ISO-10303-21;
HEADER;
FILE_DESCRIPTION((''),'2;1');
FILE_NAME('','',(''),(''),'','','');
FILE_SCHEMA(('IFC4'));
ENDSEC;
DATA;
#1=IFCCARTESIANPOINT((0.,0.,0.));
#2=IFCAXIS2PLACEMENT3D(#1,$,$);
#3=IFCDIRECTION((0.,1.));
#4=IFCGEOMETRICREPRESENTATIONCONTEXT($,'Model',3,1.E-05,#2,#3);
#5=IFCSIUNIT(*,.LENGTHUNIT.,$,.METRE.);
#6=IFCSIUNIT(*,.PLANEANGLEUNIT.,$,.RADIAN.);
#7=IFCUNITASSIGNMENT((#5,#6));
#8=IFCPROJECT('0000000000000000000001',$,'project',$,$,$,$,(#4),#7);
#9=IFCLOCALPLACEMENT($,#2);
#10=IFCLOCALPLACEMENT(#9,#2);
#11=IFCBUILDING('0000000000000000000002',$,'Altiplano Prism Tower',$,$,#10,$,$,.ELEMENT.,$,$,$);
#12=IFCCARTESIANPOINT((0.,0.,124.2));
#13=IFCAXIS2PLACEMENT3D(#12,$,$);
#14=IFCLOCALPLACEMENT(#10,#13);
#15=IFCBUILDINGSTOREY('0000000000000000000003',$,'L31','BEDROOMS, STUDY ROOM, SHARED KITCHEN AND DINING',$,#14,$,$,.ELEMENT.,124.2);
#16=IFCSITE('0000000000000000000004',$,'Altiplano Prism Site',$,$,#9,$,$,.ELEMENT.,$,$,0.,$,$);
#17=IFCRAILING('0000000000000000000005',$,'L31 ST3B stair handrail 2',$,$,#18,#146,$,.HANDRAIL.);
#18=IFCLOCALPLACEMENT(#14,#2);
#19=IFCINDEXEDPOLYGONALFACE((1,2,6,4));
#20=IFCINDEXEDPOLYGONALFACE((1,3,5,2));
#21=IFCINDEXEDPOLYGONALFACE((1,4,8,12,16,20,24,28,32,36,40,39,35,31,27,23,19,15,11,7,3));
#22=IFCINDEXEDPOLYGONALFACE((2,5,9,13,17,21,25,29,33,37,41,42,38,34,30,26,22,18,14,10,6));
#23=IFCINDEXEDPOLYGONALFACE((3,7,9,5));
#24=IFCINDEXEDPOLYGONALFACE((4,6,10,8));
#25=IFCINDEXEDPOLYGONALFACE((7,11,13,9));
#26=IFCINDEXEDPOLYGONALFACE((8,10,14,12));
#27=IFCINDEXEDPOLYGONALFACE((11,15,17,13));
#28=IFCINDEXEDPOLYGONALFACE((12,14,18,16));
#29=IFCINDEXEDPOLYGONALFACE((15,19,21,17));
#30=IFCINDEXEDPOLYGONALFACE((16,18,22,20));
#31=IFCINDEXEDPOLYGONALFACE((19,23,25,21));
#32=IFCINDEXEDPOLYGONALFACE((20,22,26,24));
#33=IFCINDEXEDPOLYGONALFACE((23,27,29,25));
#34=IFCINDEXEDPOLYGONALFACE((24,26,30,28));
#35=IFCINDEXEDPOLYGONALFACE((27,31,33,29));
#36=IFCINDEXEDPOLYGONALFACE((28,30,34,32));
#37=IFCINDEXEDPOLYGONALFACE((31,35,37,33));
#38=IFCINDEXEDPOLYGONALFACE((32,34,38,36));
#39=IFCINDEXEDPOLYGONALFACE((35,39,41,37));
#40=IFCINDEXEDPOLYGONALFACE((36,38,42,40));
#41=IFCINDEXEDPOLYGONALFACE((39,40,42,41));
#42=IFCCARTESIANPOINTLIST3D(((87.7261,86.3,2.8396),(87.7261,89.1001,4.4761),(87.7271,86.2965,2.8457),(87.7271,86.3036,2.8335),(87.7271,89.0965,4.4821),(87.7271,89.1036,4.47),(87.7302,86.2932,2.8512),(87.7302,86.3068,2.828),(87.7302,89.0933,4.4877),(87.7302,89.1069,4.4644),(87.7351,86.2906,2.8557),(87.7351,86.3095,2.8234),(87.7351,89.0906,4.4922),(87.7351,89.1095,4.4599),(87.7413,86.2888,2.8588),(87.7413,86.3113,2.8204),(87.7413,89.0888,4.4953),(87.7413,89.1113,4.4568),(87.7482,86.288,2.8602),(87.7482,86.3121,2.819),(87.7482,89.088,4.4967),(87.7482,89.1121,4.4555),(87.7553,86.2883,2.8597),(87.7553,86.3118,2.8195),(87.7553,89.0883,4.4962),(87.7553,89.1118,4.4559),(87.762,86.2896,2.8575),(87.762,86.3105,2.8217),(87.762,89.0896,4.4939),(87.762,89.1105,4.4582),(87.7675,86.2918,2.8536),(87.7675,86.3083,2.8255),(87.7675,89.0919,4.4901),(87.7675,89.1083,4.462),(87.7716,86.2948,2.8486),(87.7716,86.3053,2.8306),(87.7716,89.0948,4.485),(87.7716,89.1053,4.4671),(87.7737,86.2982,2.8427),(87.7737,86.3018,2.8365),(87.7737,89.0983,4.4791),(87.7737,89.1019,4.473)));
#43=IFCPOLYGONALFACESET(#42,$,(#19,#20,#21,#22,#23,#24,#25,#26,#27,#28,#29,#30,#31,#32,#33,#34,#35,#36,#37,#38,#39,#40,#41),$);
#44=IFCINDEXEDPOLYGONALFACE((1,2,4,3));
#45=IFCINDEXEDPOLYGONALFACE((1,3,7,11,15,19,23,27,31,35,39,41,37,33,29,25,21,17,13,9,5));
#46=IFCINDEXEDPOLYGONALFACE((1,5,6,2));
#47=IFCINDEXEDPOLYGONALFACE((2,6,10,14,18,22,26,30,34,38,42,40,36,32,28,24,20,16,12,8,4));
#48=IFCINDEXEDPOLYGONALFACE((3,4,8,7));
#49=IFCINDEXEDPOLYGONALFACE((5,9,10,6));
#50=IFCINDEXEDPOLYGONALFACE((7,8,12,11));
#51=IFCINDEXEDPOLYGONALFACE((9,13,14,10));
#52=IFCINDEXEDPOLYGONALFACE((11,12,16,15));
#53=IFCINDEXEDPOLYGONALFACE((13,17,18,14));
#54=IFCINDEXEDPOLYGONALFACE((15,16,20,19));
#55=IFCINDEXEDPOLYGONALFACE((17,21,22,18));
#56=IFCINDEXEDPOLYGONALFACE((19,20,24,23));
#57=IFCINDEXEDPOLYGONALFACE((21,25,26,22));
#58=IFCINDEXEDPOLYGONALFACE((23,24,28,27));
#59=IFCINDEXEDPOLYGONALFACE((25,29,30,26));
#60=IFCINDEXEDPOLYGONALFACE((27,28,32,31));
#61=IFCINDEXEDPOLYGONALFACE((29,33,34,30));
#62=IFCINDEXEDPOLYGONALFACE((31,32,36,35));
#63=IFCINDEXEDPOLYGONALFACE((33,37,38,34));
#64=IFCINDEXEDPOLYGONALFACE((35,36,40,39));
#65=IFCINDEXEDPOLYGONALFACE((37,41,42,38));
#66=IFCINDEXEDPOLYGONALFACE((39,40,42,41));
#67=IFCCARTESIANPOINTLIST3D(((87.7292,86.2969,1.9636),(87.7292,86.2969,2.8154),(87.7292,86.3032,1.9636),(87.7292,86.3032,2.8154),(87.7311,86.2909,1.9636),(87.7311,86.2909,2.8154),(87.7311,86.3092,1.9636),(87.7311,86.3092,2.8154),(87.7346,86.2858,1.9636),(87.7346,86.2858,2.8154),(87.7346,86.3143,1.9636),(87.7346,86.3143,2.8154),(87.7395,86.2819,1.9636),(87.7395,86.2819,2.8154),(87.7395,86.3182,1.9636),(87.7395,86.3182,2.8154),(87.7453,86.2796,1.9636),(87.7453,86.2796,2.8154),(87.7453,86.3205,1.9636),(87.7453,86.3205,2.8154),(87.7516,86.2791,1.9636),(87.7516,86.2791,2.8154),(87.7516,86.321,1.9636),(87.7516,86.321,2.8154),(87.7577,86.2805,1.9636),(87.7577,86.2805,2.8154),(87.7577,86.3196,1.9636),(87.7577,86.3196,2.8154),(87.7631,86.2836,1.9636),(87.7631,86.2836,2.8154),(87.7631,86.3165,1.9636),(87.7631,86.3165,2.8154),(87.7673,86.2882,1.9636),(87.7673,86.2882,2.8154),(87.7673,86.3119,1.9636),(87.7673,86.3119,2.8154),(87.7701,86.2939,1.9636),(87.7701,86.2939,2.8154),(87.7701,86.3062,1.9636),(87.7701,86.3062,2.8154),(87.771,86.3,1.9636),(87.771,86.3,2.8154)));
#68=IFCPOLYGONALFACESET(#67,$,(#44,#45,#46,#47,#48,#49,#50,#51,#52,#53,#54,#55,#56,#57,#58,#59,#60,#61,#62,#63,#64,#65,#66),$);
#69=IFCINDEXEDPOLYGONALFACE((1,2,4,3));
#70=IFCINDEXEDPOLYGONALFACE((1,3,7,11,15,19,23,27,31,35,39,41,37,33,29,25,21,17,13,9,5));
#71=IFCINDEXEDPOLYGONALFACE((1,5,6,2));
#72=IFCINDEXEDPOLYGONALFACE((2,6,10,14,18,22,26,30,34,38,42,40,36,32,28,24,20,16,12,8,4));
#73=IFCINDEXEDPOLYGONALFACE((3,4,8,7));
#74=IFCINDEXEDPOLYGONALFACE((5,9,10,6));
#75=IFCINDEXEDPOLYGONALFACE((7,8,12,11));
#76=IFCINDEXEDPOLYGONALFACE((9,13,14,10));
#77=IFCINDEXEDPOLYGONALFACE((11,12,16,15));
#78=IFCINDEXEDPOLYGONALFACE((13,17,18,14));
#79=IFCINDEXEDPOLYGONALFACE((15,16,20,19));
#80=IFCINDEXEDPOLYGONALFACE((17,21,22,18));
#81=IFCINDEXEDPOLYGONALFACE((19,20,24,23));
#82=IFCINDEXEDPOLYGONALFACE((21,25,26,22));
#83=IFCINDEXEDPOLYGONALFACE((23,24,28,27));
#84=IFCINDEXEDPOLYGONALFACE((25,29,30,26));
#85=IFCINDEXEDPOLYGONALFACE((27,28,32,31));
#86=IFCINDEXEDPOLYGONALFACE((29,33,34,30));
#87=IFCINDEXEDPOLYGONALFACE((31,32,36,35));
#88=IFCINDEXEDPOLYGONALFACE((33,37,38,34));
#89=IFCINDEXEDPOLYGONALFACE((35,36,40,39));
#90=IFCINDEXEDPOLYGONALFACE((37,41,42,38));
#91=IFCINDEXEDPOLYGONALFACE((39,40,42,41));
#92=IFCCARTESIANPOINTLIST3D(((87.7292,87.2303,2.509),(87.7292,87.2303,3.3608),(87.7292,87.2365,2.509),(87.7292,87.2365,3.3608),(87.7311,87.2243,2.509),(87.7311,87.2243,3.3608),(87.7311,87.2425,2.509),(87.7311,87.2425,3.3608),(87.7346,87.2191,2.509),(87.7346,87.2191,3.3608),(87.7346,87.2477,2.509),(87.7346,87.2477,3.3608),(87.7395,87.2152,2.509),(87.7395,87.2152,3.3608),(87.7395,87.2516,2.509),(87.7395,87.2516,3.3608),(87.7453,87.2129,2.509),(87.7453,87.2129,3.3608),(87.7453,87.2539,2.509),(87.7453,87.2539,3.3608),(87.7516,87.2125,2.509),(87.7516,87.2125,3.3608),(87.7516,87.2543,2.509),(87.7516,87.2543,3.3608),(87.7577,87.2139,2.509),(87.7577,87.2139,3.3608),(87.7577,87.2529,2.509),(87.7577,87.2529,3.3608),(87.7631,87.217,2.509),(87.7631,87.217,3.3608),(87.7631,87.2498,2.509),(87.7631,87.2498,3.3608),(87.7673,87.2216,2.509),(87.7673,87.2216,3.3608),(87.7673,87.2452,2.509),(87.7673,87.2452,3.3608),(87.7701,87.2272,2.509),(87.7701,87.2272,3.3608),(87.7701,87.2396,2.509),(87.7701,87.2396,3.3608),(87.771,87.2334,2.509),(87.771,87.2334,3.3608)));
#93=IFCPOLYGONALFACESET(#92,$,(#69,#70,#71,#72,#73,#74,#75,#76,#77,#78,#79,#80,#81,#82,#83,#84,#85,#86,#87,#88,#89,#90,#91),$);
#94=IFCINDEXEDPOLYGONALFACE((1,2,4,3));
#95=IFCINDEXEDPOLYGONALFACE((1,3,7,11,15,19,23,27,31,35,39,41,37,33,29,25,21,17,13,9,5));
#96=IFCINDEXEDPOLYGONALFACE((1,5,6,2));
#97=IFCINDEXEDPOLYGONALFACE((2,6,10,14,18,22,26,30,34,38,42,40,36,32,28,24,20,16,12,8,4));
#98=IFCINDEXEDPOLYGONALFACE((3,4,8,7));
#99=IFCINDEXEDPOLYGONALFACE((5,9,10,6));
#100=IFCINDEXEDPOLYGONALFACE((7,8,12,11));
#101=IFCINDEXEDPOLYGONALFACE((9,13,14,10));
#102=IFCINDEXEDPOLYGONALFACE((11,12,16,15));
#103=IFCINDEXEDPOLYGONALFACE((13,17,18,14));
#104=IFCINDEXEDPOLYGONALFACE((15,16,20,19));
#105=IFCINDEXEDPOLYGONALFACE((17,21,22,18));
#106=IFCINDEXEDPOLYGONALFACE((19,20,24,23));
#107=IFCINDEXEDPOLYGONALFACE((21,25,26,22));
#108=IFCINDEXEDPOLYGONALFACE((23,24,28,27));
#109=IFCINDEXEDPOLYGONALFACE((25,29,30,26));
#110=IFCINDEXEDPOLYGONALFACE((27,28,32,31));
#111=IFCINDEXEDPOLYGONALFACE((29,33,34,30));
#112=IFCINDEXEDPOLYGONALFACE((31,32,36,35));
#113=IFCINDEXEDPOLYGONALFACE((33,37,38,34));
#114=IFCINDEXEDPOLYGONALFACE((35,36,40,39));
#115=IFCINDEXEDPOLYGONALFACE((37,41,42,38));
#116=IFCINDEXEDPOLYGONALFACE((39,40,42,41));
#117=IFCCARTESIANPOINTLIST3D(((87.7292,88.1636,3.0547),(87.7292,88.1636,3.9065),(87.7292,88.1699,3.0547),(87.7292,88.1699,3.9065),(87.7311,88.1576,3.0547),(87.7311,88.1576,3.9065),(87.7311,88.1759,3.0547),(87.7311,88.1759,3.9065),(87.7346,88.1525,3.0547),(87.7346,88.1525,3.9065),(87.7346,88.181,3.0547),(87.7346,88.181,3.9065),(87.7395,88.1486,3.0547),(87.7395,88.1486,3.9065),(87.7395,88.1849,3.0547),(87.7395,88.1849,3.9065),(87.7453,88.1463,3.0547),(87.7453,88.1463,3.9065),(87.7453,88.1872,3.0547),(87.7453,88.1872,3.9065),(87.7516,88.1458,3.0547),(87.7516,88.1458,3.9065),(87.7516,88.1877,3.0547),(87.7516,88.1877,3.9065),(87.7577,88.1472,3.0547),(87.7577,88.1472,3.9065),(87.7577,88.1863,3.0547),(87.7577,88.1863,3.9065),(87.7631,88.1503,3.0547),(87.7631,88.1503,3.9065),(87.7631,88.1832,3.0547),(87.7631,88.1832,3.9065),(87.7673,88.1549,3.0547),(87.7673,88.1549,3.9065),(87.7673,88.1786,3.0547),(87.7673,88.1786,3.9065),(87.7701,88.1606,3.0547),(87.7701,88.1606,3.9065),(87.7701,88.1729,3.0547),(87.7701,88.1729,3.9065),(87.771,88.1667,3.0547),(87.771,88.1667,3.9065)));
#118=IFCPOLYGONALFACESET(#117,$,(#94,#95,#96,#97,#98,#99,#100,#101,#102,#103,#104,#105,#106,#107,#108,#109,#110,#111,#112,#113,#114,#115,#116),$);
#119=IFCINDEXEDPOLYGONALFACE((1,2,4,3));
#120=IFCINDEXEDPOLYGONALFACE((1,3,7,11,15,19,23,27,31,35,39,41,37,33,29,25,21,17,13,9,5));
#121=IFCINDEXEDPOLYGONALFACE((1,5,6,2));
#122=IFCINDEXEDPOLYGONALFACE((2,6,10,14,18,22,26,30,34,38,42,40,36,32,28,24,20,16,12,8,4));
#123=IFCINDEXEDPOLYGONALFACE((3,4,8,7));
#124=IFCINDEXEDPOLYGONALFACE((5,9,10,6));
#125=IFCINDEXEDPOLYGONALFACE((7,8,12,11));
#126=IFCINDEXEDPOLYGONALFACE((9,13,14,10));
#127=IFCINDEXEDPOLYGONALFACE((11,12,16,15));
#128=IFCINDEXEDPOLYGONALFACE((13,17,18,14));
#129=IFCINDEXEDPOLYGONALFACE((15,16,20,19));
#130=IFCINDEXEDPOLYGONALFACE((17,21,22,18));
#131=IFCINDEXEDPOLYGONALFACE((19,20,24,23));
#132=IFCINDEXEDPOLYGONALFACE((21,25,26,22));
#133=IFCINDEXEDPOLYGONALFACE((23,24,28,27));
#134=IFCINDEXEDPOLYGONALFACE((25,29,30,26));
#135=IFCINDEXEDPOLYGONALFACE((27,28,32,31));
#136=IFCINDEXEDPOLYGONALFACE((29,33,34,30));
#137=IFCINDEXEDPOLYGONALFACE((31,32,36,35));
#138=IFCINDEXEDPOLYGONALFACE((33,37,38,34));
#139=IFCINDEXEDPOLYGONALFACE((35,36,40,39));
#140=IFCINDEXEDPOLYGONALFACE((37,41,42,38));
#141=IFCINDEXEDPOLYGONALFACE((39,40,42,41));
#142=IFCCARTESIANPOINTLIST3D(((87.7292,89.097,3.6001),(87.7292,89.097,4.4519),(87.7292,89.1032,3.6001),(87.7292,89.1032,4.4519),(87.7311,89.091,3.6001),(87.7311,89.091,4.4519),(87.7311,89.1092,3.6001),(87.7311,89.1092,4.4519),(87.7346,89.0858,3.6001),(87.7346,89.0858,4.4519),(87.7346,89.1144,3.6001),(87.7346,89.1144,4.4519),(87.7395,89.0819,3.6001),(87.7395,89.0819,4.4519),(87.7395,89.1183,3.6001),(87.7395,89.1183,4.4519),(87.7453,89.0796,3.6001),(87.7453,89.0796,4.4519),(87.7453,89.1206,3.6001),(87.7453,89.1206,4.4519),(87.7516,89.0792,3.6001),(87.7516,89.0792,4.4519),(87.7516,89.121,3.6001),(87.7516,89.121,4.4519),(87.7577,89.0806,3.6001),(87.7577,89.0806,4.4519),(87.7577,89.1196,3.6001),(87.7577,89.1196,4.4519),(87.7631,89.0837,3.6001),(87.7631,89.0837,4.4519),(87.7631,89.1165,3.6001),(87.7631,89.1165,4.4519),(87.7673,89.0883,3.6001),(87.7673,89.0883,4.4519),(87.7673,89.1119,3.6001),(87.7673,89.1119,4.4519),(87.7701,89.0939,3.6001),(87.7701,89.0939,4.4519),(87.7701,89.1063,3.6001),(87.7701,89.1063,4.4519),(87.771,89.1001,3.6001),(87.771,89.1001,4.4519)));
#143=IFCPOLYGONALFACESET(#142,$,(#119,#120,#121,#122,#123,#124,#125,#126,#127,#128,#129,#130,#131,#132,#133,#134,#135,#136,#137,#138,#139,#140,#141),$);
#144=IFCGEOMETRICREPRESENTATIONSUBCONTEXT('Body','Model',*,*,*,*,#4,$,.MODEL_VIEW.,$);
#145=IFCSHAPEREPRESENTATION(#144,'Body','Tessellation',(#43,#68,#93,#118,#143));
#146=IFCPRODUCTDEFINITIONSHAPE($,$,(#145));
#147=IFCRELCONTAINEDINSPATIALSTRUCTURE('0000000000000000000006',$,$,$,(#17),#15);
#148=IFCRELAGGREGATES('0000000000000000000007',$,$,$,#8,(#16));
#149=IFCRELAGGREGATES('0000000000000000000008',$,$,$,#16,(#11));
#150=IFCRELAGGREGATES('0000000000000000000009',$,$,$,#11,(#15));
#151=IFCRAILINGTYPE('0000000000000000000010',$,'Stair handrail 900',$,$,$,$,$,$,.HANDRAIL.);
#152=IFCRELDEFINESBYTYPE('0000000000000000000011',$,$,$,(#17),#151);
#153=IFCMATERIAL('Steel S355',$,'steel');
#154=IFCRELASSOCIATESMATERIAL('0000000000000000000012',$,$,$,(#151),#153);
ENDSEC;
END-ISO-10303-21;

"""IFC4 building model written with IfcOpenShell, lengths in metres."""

from ifc_helpers import new_model, si_unit, direction, frame, origin, origin_2d, place, context, subcontext, project, spatial, circle, extrude, material, type_object, element, save


model = new_model("IFC4")

# Units and contexts
model_context = context("Model", 3, precision=1e-05, world=origin(), true_north=direction((0.0, 1.0)))
body_context = subcontext(model_context, "Body", "Model", "MODEL_VIEW")
ifc_project = project(units=[si_unit("LENGTHUNIT", "METRE"), si_unit("PLANEANGLEUNIT", "RADIAN")], contexts=[model_context])

# Site, building, storey
site_placement = place(None, origin())
site = spatial("IfcSite", under=ifc_project, at=site_placement, Name="Altiplano Prism Site", CompositionType="ELEMENT", RefElevation=0.0)
building_placement = place(site_placement, origin())
building = spatial("IfcBuilding", under=site, at=building_placement, Name="Altiplano Prism Tower", CompositionType="ELEMENT")
storey_placement = place(building_placement, frame((0.0, 0.0, 124.2)))
storey = spatial("IfcBuildingStorey", under=building, at=storey_placement, Name="L31", Description="BEDROOMS, STUDY ROOM, SHARED KITCHEN AND DINING", CompositionType="ELEMENT", Elevation=124.2)

# Railing
ifc_material_1 = material(Name="Steel S355", Category="steel")
railing_type_1 = type_object("IfcRailingType", Name="Stair handrail 900", PredefinedType="HANDRAIL", material=ifc_material_1)
railing_1_placement = place(storey_placement, frame((87.75, 86.3, 1.9636)))
element("IfcRailing", 1, at=railing_1_placement, inside=storey, type_object=railing_type_1, Name="L31 ST3B stair handrail 2", PredefinedType="HANDRAIL", context=body_context, shape_type="SweptSolid", body=[
    extrude(circle(Radius=0.0239, at=origin_2d()), frame((0.0, 0.0, 0.876), z_axis=(0.0, 0.863361, 0.504587), x_axis=(-1.0, 0.0, 0.0)), (0.0, 0.0, 1.0), 3.2432),
    extrude(circle(Radius=0.021, at=origin_2d()), origin(), (0.0, 0.0, 1.0), 0.8518),
    extrude(circle(Radius=0.021, at=origin_2d()), frame((0.0, 0.9333, 0.5454)), (0.0, 0.0, 1.0), 0.8518),
    extrude(circle(Radius=0.021, at=origin_2d()), frame((0.0, 1.8667, 1.0911)), (0.0, 0.0, 1.0), 0.8518),
    extrude(circle(Radius=0.021, at=origin_2d()), frame((0.0, 2.8, 1.6365)), (0.0, 0.0, 1.0), 0.8518),
])

save(model, "model.ifc")
